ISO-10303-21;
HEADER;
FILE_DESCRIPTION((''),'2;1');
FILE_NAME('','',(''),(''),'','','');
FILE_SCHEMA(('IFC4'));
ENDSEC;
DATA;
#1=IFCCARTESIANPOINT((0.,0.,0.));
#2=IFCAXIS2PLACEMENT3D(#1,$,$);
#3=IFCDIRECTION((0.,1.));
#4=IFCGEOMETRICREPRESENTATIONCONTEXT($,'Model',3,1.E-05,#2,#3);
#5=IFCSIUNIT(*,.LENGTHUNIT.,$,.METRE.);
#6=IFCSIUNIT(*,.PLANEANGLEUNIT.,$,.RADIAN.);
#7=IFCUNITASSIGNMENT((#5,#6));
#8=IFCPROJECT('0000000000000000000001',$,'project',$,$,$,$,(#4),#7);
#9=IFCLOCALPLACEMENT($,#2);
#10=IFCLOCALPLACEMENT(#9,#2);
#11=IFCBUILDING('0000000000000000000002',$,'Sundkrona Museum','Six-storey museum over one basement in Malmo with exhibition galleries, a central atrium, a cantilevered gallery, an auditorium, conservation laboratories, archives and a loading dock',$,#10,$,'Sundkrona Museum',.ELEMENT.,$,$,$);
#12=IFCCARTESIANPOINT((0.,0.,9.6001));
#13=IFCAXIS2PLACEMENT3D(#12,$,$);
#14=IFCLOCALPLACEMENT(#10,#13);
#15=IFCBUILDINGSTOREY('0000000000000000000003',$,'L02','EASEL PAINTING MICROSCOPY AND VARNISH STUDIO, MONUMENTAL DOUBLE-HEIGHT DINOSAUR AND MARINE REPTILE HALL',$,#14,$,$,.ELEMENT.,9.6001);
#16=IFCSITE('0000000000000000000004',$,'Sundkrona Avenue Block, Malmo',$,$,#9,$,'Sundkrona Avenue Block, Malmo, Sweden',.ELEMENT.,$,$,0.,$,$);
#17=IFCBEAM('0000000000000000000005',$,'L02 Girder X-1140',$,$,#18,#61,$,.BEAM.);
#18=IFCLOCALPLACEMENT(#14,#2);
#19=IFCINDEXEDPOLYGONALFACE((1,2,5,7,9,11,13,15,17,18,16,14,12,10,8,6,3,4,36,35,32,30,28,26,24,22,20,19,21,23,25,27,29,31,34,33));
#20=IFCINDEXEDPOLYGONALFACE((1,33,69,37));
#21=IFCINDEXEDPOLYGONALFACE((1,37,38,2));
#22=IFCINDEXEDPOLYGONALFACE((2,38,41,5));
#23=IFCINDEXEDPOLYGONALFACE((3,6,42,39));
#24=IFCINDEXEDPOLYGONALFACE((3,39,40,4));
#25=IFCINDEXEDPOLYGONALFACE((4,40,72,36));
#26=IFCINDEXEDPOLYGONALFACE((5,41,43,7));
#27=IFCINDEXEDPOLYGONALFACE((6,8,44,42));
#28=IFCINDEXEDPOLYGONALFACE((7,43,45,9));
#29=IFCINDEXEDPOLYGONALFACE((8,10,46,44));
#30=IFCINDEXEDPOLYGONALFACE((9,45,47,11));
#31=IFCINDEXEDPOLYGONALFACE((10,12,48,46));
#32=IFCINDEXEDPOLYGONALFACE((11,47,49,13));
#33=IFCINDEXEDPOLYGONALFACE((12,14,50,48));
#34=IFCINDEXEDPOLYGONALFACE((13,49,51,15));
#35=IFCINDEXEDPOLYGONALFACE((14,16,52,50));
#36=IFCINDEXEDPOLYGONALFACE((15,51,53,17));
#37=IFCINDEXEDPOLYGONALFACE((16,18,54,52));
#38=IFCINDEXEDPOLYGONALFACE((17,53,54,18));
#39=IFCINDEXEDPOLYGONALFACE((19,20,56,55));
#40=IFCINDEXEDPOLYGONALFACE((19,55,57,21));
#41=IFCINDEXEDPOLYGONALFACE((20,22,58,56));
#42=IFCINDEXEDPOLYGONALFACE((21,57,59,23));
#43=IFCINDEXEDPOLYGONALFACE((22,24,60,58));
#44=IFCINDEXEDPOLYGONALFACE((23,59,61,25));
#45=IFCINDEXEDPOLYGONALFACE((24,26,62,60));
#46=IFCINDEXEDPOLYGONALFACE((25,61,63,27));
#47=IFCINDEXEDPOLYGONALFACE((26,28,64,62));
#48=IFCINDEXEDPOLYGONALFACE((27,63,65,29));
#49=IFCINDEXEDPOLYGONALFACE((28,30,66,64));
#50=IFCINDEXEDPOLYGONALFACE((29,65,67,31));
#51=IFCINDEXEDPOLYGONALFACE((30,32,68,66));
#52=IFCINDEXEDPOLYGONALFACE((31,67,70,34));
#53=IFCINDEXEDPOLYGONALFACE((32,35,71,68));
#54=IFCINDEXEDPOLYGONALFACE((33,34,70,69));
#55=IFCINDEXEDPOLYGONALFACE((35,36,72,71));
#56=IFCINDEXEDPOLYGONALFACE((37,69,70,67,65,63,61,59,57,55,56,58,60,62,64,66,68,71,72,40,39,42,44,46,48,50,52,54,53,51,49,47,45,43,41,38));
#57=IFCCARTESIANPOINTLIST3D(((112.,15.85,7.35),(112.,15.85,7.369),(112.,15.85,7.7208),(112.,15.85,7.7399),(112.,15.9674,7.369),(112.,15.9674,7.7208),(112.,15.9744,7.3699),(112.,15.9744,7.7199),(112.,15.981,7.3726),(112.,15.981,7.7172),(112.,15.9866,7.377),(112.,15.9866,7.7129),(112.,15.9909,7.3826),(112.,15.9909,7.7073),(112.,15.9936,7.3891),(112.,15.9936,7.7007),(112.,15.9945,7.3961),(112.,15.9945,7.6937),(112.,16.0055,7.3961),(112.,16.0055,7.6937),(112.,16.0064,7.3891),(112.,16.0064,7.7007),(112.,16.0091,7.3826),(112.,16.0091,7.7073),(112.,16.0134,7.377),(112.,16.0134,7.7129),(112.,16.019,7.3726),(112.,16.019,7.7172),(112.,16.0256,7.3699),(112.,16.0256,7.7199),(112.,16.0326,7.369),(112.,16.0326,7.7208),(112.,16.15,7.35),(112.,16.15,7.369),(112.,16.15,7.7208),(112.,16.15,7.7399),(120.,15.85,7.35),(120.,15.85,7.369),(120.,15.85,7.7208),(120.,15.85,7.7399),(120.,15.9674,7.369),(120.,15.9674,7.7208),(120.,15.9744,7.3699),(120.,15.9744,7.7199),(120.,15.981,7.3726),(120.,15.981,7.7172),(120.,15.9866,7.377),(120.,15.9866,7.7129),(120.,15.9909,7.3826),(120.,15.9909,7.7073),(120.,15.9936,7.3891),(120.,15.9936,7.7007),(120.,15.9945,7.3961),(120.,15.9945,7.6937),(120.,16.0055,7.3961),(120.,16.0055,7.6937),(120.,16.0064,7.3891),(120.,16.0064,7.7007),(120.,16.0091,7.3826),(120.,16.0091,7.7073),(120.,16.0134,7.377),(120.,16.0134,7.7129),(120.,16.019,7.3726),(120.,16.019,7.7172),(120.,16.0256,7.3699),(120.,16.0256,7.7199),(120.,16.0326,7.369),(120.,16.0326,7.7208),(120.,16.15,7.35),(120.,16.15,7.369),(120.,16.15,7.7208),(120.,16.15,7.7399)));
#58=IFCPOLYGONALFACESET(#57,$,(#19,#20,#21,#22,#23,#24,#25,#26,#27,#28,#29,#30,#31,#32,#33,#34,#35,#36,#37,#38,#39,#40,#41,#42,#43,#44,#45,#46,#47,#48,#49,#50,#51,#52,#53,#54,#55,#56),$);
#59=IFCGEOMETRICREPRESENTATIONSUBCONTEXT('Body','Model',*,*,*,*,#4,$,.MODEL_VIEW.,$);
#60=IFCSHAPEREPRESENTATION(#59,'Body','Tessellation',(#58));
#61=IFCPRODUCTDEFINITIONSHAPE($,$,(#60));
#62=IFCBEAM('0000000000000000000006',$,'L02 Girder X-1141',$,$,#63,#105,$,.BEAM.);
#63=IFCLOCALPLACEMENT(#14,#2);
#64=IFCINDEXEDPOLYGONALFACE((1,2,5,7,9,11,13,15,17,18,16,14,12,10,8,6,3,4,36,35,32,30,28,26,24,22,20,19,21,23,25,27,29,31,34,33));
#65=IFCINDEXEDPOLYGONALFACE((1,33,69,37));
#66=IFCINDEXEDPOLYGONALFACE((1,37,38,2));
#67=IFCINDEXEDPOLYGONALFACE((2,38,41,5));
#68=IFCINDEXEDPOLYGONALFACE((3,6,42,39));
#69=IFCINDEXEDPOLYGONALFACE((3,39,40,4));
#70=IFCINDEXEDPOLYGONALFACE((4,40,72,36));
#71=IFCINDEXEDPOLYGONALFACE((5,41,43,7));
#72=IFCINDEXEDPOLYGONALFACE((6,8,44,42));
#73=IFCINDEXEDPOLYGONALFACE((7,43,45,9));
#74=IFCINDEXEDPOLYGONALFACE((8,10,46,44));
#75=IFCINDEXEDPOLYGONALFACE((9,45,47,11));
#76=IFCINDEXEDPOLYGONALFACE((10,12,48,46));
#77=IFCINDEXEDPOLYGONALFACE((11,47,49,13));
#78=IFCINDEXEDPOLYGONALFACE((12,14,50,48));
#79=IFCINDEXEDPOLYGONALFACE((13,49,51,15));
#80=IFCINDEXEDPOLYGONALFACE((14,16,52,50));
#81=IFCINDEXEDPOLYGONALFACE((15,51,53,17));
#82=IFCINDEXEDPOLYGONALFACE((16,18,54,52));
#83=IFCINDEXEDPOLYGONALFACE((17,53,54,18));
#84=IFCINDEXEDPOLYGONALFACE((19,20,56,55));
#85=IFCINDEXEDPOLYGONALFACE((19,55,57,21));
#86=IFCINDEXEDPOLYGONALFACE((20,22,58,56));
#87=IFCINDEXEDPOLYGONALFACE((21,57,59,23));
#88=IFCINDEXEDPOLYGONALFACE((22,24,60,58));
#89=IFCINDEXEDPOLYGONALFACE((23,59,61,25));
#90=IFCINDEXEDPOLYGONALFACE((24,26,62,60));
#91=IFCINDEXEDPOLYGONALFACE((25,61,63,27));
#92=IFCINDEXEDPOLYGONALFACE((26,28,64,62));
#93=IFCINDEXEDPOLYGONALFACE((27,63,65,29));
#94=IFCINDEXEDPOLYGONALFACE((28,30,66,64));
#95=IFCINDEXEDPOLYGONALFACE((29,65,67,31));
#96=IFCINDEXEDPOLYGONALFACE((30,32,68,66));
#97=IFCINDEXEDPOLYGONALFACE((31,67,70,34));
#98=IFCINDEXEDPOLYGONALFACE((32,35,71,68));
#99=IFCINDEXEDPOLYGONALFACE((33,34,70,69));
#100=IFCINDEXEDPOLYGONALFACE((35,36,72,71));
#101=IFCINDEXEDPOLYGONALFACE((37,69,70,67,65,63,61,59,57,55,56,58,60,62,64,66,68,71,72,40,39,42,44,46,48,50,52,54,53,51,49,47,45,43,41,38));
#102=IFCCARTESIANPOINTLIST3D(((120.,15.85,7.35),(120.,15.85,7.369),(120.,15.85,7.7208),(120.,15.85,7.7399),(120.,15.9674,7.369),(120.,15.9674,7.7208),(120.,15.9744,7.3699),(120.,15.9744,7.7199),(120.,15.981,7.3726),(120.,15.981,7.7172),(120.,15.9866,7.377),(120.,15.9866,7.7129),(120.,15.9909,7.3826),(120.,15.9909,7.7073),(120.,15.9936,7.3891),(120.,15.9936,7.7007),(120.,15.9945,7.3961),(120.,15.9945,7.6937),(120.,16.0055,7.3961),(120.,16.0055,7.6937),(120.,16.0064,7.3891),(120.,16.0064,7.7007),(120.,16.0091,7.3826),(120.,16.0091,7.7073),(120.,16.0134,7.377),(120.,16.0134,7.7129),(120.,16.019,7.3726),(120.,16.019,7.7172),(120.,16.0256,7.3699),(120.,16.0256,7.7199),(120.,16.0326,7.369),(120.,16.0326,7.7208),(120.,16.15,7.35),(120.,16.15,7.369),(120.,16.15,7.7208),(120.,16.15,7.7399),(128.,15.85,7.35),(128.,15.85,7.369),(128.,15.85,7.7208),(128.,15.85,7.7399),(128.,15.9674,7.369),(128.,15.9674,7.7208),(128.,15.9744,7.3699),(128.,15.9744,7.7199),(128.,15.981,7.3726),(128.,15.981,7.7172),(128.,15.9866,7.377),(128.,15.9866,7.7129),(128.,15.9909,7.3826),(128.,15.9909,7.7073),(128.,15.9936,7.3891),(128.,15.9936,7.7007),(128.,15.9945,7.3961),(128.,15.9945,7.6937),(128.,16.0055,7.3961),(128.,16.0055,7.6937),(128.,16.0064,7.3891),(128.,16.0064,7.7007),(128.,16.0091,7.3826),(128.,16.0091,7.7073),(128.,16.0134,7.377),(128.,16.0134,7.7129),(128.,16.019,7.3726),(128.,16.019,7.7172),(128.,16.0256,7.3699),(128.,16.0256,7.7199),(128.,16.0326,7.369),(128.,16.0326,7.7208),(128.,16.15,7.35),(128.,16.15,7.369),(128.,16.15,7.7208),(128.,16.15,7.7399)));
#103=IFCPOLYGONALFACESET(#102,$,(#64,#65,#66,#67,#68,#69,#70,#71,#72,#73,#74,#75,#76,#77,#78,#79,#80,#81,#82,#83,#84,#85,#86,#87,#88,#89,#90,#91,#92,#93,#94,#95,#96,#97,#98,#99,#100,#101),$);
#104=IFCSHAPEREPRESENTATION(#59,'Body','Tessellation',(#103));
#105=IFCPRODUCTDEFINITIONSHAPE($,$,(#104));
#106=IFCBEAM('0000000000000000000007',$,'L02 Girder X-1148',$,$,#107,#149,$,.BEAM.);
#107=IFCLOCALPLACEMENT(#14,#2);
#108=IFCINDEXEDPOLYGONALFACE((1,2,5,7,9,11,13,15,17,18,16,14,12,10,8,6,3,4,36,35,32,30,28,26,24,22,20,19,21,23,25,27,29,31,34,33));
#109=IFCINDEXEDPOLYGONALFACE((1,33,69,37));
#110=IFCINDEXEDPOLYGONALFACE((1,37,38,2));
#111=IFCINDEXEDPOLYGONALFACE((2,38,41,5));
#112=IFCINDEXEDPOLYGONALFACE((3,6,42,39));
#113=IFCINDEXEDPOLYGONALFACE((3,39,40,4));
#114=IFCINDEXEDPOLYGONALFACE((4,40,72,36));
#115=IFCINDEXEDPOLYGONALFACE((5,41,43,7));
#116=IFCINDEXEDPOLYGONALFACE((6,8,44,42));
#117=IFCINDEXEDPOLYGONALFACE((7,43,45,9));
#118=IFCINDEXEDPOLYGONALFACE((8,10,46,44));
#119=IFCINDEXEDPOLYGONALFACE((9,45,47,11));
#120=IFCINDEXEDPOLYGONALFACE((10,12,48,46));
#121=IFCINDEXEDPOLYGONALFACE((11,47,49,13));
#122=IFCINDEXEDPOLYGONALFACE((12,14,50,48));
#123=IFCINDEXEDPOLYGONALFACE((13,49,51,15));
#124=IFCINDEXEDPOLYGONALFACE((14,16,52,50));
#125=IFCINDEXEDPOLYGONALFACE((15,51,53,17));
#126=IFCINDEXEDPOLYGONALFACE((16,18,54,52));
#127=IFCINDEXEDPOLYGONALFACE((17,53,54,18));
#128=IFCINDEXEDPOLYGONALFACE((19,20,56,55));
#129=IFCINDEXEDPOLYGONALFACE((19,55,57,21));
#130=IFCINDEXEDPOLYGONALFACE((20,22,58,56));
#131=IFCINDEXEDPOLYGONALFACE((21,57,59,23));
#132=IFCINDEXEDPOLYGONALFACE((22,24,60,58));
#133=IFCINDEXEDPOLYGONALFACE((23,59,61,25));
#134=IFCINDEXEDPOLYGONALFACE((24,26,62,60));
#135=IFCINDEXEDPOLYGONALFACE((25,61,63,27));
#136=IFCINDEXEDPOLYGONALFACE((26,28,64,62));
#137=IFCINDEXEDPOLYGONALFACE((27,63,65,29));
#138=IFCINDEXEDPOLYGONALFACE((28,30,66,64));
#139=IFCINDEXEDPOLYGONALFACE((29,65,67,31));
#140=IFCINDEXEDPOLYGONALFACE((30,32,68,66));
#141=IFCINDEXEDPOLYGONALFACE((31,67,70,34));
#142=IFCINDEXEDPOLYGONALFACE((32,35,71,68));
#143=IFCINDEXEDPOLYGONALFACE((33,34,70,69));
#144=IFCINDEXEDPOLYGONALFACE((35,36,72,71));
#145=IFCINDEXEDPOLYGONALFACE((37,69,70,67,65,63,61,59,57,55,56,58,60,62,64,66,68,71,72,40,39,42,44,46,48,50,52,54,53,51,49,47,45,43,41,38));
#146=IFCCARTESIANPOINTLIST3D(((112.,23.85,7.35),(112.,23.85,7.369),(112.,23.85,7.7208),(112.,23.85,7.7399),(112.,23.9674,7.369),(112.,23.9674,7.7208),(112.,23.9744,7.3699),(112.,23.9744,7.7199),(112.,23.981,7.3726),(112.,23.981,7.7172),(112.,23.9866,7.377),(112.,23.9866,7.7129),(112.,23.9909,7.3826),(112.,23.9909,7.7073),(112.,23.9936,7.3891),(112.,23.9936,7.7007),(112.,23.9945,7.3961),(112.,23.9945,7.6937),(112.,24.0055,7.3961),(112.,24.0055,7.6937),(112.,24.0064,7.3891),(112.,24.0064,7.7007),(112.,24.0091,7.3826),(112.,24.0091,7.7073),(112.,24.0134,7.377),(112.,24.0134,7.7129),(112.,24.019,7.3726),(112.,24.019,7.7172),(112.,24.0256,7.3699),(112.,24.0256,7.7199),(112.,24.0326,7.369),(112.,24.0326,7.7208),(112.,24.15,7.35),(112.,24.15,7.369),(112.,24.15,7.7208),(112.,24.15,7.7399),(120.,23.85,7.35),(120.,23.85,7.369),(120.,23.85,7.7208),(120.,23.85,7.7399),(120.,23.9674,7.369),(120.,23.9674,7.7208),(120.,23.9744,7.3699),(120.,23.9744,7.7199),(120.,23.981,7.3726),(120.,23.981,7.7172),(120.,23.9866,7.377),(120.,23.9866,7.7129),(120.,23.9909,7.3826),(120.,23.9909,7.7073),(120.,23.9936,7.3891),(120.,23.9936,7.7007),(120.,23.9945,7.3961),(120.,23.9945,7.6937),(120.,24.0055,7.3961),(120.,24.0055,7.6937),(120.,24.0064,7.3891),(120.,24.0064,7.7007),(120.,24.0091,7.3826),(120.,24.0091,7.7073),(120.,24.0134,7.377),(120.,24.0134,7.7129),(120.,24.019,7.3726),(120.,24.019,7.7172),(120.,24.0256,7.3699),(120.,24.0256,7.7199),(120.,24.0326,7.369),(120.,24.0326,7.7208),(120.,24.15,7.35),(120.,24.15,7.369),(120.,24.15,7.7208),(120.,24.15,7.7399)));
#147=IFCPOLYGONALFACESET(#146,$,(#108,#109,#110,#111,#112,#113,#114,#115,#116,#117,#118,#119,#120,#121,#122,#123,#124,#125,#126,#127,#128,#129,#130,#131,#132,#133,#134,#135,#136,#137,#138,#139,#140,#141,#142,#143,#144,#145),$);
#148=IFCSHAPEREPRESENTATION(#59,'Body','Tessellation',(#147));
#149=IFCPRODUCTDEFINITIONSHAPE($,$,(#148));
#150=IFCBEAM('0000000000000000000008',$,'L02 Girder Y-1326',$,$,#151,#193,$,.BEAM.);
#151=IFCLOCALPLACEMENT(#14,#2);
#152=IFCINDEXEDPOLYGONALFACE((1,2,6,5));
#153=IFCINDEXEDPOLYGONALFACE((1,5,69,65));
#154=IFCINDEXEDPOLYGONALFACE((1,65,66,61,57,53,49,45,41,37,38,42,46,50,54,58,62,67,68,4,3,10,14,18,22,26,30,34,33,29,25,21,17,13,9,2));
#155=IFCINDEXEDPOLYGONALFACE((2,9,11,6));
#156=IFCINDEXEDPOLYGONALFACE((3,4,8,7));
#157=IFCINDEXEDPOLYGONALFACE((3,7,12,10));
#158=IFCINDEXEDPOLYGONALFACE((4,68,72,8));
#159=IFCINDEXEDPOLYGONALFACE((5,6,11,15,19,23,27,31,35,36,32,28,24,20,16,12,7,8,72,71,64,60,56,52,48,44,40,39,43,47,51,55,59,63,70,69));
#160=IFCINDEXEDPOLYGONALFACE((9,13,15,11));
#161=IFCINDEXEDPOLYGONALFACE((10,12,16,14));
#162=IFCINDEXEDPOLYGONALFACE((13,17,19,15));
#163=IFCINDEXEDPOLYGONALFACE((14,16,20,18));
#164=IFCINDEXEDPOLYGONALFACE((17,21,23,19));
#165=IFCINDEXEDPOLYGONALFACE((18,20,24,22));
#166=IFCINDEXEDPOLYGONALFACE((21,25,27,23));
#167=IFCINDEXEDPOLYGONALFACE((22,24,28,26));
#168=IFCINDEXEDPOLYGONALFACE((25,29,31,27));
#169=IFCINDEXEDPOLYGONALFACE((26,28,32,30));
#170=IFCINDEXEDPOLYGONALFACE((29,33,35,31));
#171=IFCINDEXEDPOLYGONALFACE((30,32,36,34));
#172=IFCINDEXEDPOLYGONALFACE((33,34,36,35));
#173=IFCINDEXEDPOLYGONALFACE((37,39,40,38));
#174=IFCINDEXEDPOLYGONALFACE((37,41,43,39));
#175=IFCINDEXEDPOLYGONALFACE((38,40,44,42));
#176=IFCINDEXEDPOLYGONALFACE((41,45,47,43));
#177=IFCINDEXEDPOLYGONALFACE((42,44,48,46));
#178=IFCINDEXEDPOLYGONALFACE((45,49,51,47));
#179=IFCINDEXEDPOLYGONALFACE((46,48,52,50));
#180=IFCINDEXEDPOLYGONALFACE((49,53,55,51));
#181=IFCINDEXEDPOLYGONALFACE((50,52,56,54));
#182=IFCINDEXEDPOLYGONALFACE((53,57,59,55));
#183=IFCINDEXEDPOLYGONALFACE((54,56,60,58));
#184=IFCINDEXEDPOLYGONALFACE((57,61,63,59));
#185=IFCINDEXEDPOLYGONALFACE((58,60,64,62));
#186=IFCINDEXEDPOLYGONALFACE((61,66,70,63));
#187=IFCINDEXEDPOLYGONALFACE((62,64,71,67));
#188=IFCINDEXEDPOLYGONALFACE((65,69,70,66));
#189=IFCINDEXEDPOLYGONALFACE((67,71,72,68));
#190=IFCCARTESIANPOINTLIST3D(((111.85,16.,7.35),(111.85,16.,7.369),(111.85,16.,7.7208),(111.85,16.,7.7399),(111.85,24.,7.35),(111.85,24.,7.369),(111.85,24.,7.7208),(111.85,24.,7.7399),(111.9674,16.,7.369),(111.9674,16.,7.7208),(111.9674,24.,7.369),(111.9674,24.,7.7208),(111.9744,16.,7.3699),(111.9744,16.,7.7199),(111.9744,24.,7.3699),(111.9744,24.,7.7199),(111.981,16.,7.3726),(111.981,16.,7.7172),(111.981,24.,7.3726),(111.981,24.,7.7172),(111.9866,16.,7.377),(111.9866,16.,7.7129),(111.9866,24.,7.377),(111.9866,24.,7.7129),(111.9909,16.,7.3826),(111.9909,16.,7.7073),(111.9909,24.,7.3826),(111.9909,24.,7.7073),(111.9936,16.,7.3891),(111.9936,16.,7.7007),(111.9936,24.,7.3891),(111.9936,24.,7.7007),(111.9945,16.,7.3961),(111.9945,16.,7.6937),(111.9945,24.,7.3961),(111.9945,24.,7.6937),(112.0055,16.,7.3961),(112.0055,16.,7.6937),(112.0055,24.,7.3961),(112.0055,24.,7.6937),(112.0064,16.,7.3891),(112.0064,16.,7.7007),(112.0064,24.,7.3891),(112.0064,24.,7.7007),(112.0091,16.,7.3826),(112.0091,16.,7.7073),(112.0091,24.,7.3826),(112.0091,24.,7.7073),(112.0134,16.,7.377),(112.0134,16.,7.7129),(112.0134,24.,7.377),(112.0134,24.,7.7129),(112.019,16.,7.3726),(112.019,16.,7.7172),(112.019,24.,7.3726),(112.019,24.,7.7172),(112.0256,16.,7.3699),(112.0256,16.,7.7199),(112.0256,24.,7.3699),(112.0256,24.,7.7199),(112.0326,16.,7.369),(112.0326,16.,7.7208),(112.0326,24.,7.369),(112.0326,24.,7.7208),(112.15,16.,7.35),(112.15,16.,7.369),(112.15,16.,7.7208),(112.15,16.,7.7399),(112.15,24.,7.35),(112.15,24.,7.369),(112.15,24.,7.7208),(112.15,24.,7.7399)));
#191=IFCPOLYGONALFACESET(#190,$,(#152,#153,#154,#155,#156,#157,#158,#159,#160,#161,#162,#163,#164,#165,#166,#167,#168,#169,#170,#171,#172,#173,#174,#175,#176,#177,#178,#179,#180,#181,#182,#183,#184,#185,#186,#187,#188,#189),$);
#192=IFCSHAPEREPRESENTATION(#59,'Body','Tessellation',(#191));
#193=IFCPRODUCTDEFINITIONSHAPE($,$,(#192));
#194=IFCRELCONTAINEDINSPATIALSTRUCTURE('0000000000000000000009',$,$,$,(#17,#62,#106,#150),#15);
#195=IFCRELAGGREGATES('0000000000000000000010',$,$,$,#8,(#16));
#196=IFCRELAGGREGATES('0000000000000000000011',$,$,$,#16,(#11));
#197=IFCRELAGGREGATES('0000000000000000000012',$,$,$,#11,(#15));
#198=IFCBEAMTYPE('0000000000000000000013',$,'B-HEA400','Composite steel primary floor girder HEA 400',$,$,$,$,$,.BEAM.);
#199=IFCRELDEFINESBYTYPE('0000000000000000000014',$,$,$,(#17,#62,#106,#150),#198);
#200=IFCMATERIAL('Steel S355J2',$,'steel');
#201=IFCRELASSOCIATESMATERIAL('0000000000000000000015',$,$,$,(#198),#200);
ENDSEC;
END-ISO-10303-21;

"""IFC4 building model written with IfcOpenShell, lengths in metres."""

from ifc_helpers import new_model, si_unit, direction, frame, origin, origin_2d, place, context, subcontext, project, spatial, i_section, extrude, material, material_profile, profile_set, type_object, element, save


model = new_model("IFC4")

# Units and contexts
model_context = context("Model", 3, precision=1e-05, world=origin(), true_north=direction((0.0, 1.0)))
body_context = subcontext(model_context, "Body", "Model", "MODEL_VIEW")
ifc_project = project(units=[si_unit("LENGTHUNIT", "METRE"), si_unit("PLANEANGLEUNIT", "RADIAN")], contexts=[model_context])

# Site, building, storey
site_placement = place(None, origin())
site = spatial("IfcSite", under=ifc_project, at=site_placement, Name="Sundkrona Avenue Block, Malmo", LongName="Sundkrona Avenue Block, Malmo, Sweden", CompositionType="ELEMENT", RefElevation=0.0)
building_placement = place(site_placement, origin())
building = spatial("IfcBuilding", under=site, at=building_placement, Name="Sundkrona Museum", Description="Six-storey museum over one basement in Malmo with exhibition galleries, a central atrium, a cantilevered gallery, an auditorium, conservation laboratories, archives and a loading dock", LongName="Sundkrona Museum", CompositionType="ELEMENT")
storey_placement = place(building_placement, frame((0.0, 0.0, 9.6001)))
storey = spatial("IfcBuildingStorey", under=building, at=storey_placement, Name="L02", Description="EASEL PAINTING MICROSCOPY AND VARNISH STUDIO, MONUMENTAL DOUBLE-HEIGHT DINOSAUR AND MARINE REPTILE HALL", CompositionType="ELEMENT", Elevation=9.6001)

# Shared definitions
ifc_material_1 = material(Name="Steel S355J2", Category="steel")

# Beams
ifc_material_profile_1 = material_profile(ifc_material_1, i_section(OverallWidth=0.3, OverallDepth=0.3899, WebThickness=0.011, FlangeThickness=0.019, FilletRadius=0.0271, at=origin_2d()), Name="HEA 400")
ifc_profile_set_1 = profile_set([ifc_material_profile_1], Name="Steel S355J2")
beam_type_1 = type_object("IfcBeamType", Name="B-HEA400", Description="Composite steel primary floor girder HEA 400", PredefinedType="BEAM", material=ifc_profile_set_1)
for number, where, z_axis, x_axis, name in (
    (1, (112.0, 16.0, 7.5449), (1.0, 0.0, 0.0), (0.0, 1.0, 0.0), "L02 Girder X-1140"),
    (2, (120.0, 16.0, 7.5449), (1.0, 0.0, 0.0), (0.0, 1.0, 0.0), "L02 Girder X-1141"),
    (3, (112.0, 24.0, 7.5449), (1.0, 0.0, 0.0), (0.0, 1.0, 0.0), "L02 Girder X-1148"),
    (4, (112.0, 16.0, 7.5449), (0.0, 1.0, 0.0), (-1.0, 0.0, 0.0), "L02 Girder Y-1326"),
):
    element("IfcBeam", number, at=place(storey_placement, frame(where, z_axis=z_axis, x_axis=x_axis)), inside=storey, type_object=beam_type_1, Name=name, PredefinedType="BEAM", context=body_context, shape_type="SweptSolid", body=[
        extrude(i_section(OverallWidth=0.3, OverallDepth=0.3899, WebThickness=0.011, FlangeThickness=0.019, FilletRadius=0.0271, at=origin_2d()), origin(), (0.0, 0.0, 1.0), 8.0),
    ])

save(model, "model.ifc")
